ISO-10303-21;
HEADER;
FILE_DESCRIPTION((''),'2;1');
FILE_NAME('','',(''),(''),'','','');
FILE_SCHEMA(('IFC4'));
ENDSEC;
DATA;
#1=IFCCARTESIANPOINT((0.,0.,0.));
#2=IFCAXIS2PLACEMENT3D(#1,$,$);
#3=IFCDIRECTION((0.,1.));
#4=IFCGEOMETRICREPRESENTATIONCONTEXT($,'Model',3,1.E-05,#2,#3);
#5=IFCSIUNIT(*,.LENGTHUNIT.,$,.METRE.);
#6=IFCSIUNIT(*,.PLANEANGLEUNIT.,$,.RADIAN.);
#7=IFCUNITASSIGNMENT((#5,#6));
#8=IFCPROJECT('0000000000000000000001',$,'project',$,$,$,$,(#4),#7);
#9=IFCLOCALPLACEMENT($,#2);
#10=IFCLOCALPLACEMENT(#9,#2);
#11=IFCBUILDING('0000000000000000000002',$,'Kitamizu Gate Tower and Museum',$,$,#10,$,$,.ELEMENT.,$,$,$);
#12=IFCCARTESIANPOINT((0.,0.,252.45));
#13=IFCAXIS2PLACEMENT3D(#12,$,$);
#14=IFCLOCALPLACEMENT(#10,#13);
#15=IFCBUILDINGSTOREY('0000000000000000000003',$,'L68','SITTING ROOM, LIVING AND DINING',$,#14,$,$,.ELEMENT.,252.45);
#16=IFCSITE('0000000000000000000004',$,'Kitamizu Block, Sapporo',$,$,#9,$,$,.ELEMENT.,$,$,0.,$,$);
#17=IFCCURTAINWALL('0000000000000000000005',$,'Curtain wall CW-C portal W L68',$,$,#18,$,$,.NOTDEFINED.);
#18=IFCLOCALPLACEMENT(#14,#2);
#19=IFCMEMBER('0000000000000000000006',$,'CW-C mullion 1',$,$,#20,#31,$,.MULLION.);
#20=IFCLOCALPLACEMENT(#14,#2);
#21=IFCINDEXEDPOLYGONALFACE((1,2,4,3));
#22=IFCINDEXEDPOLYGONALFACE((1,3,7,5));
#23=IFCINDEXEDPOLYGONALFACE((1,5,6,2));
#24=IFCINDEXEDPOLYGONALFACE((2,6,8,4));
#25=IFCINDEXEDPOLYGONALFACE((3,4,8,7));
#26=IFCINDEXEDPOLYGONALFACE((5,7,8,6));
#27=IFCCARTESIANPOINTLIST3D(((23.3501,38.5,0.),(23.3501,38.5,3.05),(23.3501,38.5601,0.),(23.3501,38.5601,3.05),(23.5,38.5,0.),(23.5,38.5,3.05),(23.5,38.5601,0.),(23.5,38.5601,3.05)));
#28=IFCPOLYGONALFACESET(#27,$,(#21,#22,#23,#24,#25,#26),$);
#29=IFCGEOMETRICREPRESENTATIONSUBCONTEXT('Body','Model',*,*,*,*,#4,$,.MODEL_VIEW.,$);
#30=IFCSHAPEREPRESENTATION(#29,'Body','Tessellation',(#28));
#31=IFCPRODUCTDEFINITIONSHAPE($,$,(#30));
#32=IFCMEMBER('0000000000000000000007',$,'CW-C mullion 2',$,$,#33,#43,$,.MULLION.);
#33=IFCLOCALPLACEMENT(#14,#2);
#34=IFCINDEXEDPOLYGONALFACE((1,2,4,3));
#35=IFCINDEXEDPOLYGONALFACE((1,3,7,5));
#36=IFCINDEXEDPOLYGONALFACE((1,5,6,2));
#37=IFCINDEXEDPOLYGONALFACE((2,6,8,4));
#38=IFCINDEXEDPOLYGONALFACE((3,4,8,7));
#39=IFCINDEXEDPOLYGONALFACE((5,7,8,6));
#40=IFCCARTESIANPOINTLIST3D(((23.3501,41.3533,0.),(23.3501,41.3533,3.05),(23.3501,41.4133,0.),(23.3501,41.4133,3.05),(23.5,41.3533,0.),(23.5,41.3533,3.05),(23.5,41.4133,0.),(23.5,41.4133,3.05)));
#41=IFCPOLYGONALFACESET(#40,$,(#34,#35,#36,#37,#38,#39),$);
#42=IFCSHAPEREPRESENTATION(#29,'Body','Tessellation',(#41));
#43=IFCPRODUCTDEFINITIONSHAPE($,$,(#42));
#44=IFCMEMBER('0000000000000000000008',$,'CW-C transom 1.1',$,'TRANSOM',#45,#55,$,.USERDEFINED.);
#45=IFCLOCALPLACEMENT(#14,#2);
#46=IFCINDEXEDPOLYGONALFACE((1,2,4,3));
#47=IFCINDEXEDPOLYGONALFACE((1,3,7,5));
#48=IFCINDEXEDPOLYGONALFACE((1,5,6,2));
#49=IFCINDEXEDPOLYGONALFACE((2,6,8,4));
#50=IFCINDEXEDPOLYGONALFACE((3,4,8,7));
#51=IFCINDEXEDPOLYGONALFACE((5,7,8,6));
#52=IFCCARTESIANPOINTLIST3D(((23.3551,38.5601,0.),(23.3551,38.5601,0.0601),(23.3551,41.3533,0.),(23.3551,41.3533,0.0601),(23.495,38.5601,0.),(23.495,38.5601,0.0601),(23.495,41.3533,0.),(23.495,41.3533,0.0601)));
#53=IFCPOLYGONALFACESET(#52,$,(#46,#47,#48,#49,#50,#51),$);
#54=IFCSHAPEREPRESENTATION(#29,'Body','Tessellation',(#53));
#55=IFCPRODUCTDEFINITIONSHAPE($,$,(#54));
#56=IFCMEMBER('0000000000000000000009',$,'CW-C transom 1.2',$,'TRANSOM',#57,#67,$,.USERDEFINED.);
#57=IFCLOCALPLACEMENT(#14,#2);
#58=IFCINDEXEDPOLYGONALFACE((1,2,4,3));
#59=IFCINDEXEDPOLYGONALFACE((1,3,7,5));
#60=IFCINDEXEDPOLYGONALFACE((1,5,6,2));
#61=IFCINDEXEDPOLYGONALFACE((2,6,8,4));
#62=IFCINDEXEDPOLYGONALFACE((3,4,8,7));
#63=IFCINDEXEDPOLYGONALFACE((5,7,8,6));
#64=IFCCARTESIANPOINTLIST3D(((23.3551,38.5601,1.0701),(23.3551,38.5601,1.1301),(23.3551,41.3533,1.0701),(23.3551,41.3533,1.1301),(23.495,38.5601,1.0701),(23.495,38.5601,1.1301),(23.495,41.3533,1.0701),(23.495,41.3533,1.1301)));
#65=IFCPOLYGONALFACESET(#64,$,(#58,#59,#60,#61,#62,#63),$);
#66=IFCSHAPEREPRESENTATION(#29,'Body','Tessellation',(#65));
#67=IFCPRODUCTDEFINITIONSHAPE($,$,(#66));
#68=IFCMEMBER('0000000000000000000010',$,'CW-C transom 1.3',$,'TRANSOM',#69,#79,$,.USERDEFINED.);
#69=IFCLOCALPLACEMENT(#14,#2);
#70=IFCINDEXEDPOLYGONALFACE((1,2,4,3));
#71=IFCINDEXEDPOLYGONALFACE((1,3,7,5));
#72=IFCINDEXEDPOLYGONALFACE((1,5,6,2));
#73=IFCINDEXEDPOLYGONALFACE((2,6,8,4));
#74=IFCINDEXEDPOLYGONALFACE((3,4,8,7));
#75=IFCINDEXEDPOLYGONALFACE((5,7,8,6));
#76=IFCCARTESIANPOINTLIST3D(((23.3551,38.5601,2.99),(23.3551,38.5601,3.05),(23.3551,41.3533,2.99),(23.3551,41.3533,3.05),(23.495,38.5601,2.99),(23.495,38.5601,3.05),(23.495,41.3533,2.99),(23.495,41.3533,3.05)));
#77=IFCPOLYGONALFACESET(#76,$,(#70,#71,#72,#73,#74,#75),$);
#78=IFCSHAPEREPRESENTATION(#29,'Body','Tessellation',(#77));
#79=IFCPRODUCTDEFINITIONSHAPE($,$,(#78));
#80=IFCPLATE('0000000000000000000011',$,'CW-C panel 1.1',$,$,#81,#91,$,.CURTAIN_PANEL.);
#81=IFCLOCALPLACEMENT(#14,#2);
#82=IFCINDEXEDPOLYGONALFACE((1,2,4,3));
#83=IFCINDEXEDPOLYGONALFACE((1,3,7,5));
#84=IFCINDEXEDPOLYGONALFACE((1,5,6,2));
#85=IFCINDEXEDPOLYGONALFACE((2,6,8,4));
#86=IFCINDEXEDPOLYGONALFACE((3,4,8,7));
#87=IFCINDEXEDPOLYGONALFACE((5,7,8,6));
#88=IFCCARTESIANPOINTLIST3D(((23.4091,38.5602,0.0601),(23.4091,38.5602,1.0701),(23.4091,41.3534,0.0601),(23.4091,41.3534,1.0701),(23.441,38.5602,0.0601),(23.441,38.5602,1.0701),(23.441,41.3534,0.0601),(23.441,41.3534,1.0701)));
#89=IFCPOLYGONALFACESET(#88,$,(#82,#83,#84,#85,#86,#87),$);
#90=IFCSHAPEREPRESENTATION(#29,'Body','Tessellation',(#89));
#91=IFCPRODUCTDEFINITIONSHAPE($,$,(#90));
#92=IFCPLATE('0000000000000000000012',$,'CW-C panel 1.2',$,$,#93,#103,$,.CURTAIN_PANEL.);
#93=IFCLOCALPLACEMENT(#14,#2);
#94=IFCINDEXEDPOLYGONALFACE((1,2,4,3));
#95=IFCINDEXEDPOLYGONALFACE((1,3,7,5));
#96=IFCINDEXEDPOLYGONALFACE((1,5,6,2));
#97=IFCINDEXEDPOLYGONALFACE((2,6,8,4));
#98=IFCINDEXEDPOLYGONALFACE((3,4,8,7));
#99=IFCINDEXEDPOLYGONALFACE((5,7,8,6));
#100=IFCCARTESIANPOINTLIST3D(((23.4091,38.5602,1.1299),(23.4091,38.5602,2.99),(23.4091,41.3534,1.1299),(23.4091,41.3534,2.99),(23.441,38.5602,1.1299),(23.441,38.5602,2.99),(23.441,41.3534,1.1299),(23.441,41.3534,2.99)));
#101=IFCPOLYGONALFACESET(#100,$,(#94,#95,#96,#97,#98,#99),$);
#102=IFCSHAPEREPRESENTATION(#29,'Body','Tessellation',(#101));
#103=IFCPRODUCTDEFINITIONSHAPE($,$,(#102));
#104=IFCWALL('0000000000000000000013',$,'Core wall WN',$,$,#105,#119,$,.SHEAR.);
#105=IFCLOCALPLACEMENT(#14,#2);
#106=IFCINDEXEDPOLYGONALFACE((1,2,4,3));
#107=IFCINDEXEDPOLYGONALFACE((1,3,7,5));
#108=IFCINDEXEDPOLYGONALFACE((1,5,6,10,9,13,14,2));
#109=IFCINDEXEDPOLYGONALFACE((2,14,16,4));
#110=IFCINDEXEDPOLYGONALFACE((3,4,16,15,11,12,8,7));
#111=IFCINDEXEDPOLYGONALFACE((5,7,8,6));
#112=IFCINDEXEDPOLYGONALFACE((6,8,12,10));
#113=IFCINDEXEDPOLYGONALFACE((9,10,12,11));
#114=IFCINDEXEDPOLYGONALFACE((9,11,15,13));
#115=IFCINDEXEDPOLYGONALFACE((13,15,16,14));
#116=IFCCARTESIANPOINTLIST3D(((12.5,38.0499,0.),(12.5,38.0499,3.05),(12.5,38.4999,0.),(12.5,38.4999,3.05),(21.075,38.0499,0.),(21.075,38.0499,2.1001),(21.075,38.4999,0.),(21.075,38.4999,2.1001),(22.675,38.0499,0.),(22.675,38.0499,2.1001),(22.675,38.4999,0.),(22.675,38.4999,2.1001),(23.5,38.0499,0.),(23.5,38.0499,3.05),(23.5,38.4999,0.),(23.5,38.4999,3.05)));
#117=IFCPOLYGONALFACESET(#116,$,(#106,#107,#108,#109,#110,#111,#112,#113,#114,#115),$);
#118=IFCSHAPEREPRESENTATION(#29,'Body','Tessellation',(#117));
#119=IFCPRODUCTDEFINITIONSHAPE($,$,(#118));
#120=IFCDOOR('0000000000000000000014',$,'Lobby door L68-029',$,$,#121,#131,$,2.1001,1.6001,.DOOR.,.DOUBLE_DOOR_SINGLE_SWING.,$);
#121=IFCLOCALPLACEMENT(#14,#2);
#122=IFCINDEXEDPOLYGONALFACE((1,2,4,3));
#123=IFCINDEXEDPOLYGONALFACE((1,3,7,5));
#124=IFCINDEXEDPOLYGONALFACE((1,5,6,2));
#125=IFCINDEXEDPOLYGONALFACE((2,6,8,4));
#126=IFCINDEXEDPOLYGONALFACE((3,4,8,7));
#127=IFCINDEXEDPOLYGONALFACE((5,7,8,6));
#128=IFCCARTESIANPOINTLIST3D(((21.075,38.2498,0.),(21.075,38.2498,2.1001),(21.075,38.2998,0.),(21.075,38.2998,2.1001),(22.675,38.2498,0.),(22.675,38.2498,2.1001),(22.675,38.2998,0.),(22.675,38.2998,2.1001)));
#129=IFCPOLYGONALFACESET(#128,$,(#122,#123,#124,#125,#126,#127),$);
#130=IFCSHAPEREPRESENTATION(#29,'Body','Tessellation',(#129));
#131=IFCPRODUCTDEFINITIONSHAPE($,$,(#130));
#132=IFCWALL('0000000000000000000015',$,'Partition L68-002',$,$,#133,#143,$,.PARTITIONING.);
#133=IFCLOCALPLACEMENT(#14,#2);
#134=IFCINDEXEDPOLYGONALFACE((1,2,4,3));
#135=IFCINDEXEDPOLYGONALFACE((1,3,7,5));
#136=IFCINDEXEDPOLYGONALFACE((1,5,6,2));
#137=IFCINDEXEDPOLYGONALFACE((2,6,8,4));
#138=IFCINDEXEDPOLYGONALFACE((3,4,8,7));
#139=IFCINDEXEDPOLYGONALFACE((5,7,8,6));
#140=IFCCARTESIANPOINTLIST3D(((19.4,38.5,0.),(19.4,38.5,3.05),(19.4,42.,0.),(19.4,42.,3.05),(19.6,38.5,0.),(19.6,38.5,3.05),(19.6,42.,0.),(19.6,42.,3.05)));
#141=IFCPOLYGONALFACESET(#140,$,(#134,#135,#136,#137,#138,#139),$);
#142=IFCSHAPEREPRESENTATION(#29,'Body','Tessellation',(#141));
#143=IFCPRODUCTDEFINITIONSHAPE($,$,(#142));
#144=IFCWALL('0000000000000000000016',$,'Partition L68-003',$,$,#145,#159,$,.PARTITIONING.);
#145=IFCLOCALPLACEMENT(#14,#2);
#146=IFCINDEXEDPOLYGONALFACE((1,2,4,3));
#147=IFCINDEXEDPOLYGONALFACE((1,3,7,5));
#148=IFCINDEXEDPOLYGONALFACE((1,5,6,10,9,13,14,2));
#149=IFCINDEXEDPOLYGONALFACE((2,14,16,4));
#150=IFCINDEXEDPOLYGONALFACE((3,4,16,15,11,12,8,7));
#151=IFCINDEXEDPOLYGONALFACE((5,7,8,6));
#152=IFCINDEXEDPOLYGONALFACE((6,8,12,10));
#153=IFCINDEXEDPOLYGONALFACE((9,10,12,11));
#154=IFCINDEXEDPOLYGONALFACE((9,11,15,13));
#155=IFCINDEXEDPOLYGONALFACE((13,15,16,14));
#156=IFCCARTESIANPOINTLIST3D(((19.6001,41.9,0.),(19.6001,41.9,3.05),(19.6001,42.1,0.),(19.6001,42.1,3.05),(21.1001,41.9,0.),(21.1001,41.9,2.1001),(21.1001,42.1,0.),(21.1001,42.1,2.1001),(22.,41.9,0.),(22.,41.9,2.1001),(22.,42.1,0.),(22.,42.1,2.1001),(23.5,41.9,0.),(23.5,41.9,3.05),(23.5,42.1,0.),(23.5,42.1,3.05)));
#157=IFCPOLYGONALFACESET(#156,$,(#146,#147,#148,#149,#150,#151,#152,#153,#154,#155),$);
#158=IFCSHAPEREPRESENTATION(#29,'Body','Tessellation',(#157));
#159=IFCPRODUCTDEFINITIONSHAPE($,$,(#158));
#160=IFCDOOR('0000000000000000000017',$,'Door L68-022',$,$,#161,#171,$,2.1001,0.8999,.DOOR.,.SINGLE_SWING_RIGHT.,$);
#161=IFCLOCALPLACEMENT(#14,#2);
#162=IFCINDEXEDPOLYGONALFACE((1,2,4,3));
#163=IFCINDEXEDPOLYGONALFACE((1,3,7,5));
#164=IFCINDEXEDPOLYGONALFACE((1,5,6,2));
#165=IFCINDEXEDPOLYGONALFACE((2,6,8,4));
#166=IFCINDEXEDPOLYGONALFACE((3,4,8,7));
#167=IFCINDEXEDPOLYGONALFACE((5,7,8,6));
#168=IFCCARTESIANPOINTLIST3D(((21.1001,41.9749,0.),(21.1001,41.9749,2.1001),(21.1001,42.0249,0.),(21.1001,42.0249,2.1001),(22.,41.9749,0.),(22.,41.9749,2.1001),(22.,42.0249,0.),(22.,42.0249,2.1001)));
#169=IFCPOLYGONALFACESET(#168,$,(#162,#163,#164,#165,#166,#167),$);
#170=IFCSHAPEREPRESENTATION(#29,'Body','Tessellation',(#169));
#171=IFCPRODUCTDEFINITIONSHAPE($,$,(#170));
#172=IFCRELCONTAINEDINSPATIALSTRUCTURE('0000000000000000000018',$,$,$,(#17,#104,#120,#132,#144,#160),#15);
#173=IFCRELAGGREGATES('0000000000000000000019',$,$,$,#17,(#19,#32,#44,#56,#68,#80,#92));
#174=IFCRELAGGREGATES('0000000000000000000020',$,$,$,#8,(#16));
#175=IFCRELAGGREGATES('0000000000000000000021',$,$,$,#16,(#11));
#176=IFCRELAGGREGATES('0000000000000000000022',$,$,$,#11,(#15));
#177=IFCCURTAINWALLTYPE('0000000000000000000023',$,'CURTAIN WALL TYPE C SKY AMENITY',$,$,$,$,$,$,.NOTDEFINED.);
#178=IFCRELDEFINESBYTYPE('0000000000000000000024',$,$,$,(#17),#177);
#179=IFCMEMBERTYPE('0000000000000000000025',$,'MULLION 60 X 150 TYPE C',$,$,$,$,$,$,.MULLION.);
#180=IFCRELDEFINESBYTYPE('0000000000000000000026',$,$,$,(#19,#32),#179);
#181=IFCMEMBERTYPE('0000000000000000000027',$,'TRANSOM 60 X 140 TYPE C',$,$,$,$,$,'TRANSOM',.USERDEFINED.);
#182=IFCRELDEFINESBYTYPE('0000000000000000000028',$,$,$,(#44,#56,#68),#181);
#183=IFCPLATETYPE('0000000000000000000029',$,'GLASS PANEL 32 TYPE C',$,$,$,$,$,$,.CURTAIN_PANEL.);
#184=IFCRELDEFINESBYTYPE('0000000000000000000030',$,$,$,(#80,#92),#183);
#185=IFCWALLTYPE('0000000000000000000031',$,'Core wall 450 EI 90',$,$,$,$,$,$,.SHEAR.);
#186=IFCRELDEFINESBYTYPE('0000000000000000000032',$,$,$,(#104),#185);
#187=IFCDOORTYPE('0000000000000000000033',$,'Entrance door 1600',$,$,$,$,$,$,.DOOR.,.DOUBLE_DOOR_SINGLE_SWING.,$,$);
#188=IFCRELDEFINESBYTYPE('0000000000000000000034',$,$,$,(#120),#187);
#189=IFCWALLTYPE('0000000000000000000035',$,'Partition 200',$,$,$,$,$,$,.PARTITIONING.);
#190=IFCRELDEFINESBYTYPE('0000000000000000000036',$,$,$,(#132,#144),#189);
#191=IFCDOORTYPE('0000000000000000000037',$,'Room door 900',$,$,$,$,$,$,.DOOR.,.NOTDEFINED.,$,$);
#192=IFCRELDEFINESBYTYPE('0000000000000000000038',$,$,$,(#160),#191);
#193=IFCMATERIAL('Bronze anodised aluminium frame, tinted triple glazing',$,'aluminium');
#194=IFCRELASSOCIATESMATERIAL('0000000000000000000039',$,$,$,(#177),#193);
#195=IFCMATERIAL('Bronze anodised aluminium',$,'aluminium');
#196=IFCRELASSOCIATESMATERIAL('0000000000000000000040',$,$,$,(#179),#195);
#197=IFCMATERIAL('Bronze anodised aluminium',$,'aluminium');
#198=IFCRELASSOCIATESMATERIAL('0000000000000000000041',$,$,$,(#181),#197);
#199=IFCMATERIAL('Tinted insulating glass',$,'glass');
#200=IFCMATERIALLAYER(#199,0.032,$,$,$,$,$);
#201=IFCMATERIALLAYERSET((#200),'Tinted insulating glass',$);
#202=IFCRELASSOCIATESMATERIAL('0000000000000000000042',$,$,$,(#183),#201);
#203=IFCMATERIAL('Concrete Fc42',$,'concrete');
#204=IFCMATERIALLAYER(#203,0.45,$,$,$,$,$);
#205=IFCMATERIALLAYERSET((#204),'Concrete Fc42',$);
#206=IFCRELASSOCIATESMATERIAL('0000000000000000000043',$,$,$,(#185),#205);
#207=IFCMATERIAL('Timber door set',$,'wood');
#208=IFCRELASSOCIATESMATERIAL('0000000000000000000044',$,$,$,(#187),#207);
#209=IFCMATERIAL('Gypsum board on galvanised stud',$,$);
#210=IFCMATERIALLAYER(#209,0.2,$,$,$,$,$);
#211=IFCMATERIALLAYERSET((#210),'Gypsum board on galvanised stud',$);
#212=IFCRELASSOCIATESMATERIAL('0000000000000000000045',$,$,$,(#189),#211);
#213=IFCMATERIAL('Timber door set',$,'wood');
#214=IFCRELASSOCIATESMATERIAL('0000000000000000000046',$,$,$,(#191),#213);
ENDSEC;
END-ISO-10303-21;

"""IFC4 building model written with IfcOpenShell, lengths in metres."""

from ifc_helpers import new_model, si_unit, direction, frame, frame_2d, origin, origin_2d, place, context, subcontext, project, spatial, rectangle, extrude, material, layer, layer_set, material_profile, profile_set, type_object, element, fill, aggregate, save


model = new_model("IFC4")

# Units and contexts
model_context = context("Model", 3, precision=1e-05, world=origin(), true_north=direction((0.0, 1.0)))
body_context = subcontext(model_context, "Body", "Model", "MODEL_VIEW")
ifc_project = project(units=[si_unit("LENGTHUNIT", "METRE"), si_unit("PLANEANGLEUNIT", "RADIAN")], contexts=[model_context])

# Site, building, storey
site_placement = place(None, origin())
site = spatial("IfcSite", under=ifc_project, at=site_placement, Name="Kitamizu Block, Sapporo", CompositionType="ELEMENT", RefElevation=0.0)
building_placement = place(site_placement, origin())
building = spatial("IfcBuilding", under=site, at=building_placement, Name="Kitamizu Gate Tower and Museum", CompositionType="ELEMENT")
storey_placement = place(building_placement, frame((0.0, 0.0, 252.45)))
storey = spatial("IfcBuildingStorey", under=building, at=storey_placement, Name="L68", Description="SITTING ROOM, LIVING AND DINING", CompositionType="ELEMENT", Elevation=252.45)

# Curtain wall, members, plates
ifc_material_1 = material(Name="Bronze anodised aluminium frame, tinted triple glazing", Category="aluminium")
curtain_wall_type = type_object("IfcCurtainWallType", Name="CURTAIN WALL TYPE C SKY AMENITY", PredefinedType="NOTDEFINED", material=ifc_material_1)
curtain_wall_placement = place(storey_placement, origin())
curtain_wall = element("IfcCurtainWall", 1, at=curtain_wall_placement, inside=storey, type_object=curtain_wall_type, Name="Curtain wall CW-C portal W L68", PredefinedType="NOTDEFINED")
ifc_material_2 = material(Name="Bronze anodised aluminium", Category="aluminium")
ifc_material_profile_1 = material_profile(ifc_material_2, rectangle(XDim=0.0601, YDim=0.1499, at=origin_2d()), Name="AL 60X150")
ifc_profile_set_1 = profile_set([ifc_material_profile_1], Name="Bronze anodised aluminium")
member_type_1 = type_object("IfcMemberType", Name="MULLION 60 X 150 TYPE C", PredefinedType="MULLION", material=ifc_profile_set_1)
member_1_placement = place(storey_placement, frame((23.425, 38.53, 0.0), z_axis=(0.0, 0.0, 1.0), x_axis=(0.0, 1.0, 0.0)))
member_1 = element("IfcMember", 2, at=member_1_placement, type_object=member_type_1, Name="CW-C mullion 1", PredefinedType="MULLION", context=body_context, shape_type="SweptSolid", body=[
    extrude(rectangle(XDim=0.0601, YDim=0.1499, at=origin_2d()), origin(), (0.0, 0.0, 1.0), 3.05),
])
member_2_placement = place(storey_placement, frame((23.425, 41.3833, 0.0), z_axis=(0.0, 0.0, 1.0), x_axis=(0.0, 1.0, 0.0)))
member_2 = element("IfcMember", 3, at=member_2_placement, type_object=member_type_1, Name="CW-C mullion 2", PredefinedType="MULLION", context=body_context, shape_type="SweptSolid", body=[
    extrude(rectangle(XDim=0.0601, YDim=0.1499, at=origin_2d()), origin(), (0.0, 0.0, 1.0), 3.05),
])
ifc_material_3 = material(Name="Bronze anodised aluminium", Category="aluminium")
ifc_material_profile_2 = material_profile(ifc_material_3, rectangle(XDim=0.1399, YDim=0.0601, at=origin_2d()), Name="AL 60X140")
ifc_profile_set_2 = profile_set([ifc_material_profile_2], Name="Bronze anodised aluminium")
member_type_2 = type_object("IfcMemberType", Name="TRANSOM 60 X 140 TYPE C", ElementType="TRANSOM", PredefinedType="USERDEFINED", material=ifc_profile_set_2)
member_3_placement = place(storey_placement, frame((23.425, 38.5601, 0.03), z_axis=(0.0, 1.0, 0.0), x_axis=(-1.0, 0.0, 0.0)))
member_3 = element("IfcMember", 4, at=member_3_placement, type_object=member_type_2, Name="CW-C transom 1.1", ObjectType="TRANSOM", PredefinedType="USERDEFINED", context=body_context, shape_type="SweptSolid", body=[
    extrude(rectangle(XDim=0.1399, YDim=0.0601, at=origin_2d()), origin(), (0.0, 0.0, 1.0), 2.7932),
])
member_4_placement = place(storey_placement, frame((23.425, 38.5601, 1.1001), z_axis=(0.0, 1.0, 0.0), x_axis=(-1.0, 0.0, 0.0)))
member_4 = element("IfcMember", 5, at=member_4_placement, type_object=member_type_2, Name="CW-C transom 1.2", ObjectType="TRANSOM", PredefinedType="USERDEFINED", context=body_context, shape_type="SweptSolid", body=[
    extrude(rectangle(XDim=0.1399, YDim=0.0601, at=origin_2d()), origin(), (0.0, 0.0, 1.0), 2.7932),
])
member_5_placement = place(storey_placement, frame((23.425, 38.5601, 3.02), z_axis=(0.0, 1.0, 0.0), x_axis=(-1.0, 0.0, 0.0)))
member_5 = element("IfcMember", 6, at=member_5_placement, type_object=member_type_2, Name="CW-C transom 1.3", ObjectType="TRANSOM", PredefinedType="USERDEFINED", context=body_context, shape_type="SweptSolid", body=[
    extrude(rectangle(XDim=0.1399, YDim=0.0601, at=origin_2d()), origin(), (0.0, 0.0, 1.0), 2.7932),
])
ifc_material_4 = material(Name="Tinted insulating glass", Category="glass")
ifc_layer_1 = layer(ifc_material_4, 0.032)
ifc_layer_set_1 = layer_set([ifc_layer_1], Name="Tinted insulating glass")
plate_type = type_object("IfcPlateType", Name="GLASS PANEL 32 TYPE C", PredefinedType="CURTAIN_PANEL", material=ifc_layer_set_1)
plate_1_placement = place(storey_placement, frame((23.425, 39.9568, 0.0601), z_axis=(0.0, 0.0, 1.0), x_axis=(0.0, 1.0, 0.0)))
plate_1 = element("IfcPlate", 7, at=plate_1_placement, type_object=plate_type, Name="CW-C panel 1.1", PredefinedType="CURTAIN_PANEL", context=body_context, shape_type="SweptSolid", body=[
    extrude(rectangle(XDim=2.7932, YDim=0.032, at=origin_2d()), origin(), (0.0, 0.0, 1.0), 1.01),
])
plate_2_placement = place(storey_placement, frame((23.425, 39.9568, 1.1299), z_axis=(0.0, 0.0, 1.0), x_axis=(0.0, 1.0, 0.0)))
plate_2 = element("IfcPlate", 8, at=plate_2_placement, type_object=plate_type, Name="CW-C panel 1.2", PredefinedType="CURTAIN_PANEL", context=body_context, shape_type="SweptSolid", body=[
    extrude(rectangle(XDim=2.7932, YDim=0.032, at=origin_2d()), origin(), (0.0, 0.0, 1.0), 1.8601),
])
aggregate(curtain_wall, [member_1, member_2, member_3, member_4, member_5, plate_1, plate_2])

# Wall, opening, door
ifc_material_5 = material(Name="Concrete Fc42", Category="concrete")
ifc_layer_2 = layer(ifc_material_5, 0.45)
ifc_layer_set_2 = layer_set([ifc_layer_2], Name="Concrete Fc42")
wall_type_1 = type_object("IfcWallType", Name="Core wall 450 EI 90", PredefinedType="SHEAR", material=ifc_layer_set_2)
wall_1_placement = place(storey_placement, frame((12.5, 38.2749, 0.0), z_axis=(0.0, 0.0, 1.0), x_axis=(1.0, 0.0, 0.0)))
wall_1 = element("IfcWall", 9, at=wall_1_placement, inside=storey, type_object=wall_type_1, Name="Core wall WN", PredefinedType="SHEAR", context=body_context, shape_type="SweptSolid", body=[
    extrude(rectangle(XDim=11.0, YDim=0.45, at=frame_2d((5.5, 0.0))), origin(), (0.0, 0.0, 1.0), 3.05),
])
opening_1_placement = place(wall_1_placement, frame((8.575, 0.0, 0.0)))
opening_1 = element("IfcOpeningElement", 10, at=opening_1_placement, cuts=wall_1, PredefinedType="OPENING", context=body_context, shape_type="SweptSolid", body=[
    extrude(rectangle(XDim=1.6001, YDim=2.1001, at=frame_2d((0.8, 1.05))), frame((0.0, 0.2349, 0.0), z_axis=(0.0, -1.0, 0.0), x_axis=(1.0, 0.0, 0.0)), (0.0, 0.0, 1.0), 0.47),
])
ifc_material_6 = material(Name="Timber door set", Category="wood")
door_type_1 = type_object("IfcDoorType", Name="Entrance door 1600", OperationType="DOUBLE_DOOR_SINGLE_SWING", PredefinedType="DOOR", material=ifc_material_6)
door_1_placement = place(opening_1_placement, origin())
door_1 = element("IfcDoor", 11, at=door_1_placement, inside=storey, type_object=door_type_1, Name="Lobby door L68-029", OperationType="DOUBLE_DOOR_SINGLE_SWING", OverallHeight=2.1001, OverallWidth=1.6001, PredefinedType="DOOR", context=body_context, shape_type="SweptSolid", body=[
    extrude(rectangle(XDim=1.6001, YDim=2.1001, at=frame_2d((0.8, 1.05))), frame((0.0, 0.0249, 0.0), z_axis=(0.0, -1.0, 0.0), x_axis=(1.0, 0.0, 0.0)), (0.0, 0.0, 1.0), 0.05),
])
fill(opening_1, door_1)

# Wall
ifc_material_7 = material(Name="Gypsum board on galvanised stud")
ifc_layer_3 = layer(ifc_material_7, 0.2)
ifc_layer_set_3 = layer_set([ifc_layer_3], Name="Gypsum board on galvanised stud")
wall_type_2 = type_object("IfcWallType", Name="Partition 200", PredefinedType="PARTITIONING", material=ifc_layer_set_3)
wall_2_placement = place(storey_placement, frame((19.5, 38.5, 0.0), z_axis=(0.0, 0.0, 1.0), x_axis=(0.0, 1.0, 0.0)))
element("IfcWall", 12, at=wall_2_placement, inside=storey, type_object=wall_type_2, Name="Partition L68-002", PredefinedType="PARTITIONING", context=body_context, shape_type="SweptSolid", body=[
    extrude(rectangle(XDim=3.5, YDim=0.2, at=frame_2d((1.75, 0.0))), origin(), (0.0, 0.0, 1.0), 3.05),
])

# Wall, opening, door
wall_3_placement = place(storey_placement, frame((19.6001, 42.0, 0.0), z_axis=(0.0, 0.0, 1.0), x_axis=(1.0, 0.0, 0.0)))
wall_3 = element("IfcWall", 13, at=wall_3_placement, inside=storey, type_object=wall_type_2, Name="Partition L68-003", PredefinedType="PARTITIONING", context=body_context, shape_type="SweptSolid", body=[
    extrude(rectangle(XDim=3.8999, YDim=0.2, at=frame_2d((1.95, 0.0))), origin(), (0.0, 0.0, 1.0), 3.05),
])
opening_2_placement = place(wall_3_placement, frame((1.5, 0.0, 0.0)))
opening_2 = element("IfcOpeningElement", 14, at=opening_2_placement, cuts=wall_3, PredefinedType="OPENING", context=body_context, shape_type="SweptSolid", body=[
    extrude(rectangle(XDim=0.8999, YDim=2.1001, at=frame_2d((0.45, 1.05))), frame((0.0, 0.1099, 0.0), z_axis=(0.0, -1.0, 0.0), x_axis=(1.0, 0.0, 0.0)), (0.0, 0.0, 1.0), 0.22),
])
ifc_material_8 = material(Name="Timber door set", Category="wood")
door_type_2 = type_object("IfcDoorType", Name="Room door 900", OperationType="NOTDEFINED", PredefinedType="DOOR", material=ifc_material_8)
door_2_placement = place(opening_2_placement, origin())
door_2 = element("IfcDoor", 15, at=door_2_placement, inside=storey, type_object=door_type_2, Name="Door L68-022", OperationType="SINGLE_SWING_RIGHT", OverallHeight=2.1001, OverallWidth=0.8999, PredefinedType="DOOR", context=body_context, shape_type="SweptSolid", body=[
    extrude(rectangle(XDim=0.8999, YDim=2.1001, at=frame_2d((0.45, 1.05))), frame((0.0, 0.0249, 0.0), z_axis=(0.0, -1.0, 0.0), x_axis=(1.0, 0.0, 0.0)), (0.0, 0.0, 1.0), 0.05),
])
fill(opening_2, door_2)

save(model, "model.ifc")
